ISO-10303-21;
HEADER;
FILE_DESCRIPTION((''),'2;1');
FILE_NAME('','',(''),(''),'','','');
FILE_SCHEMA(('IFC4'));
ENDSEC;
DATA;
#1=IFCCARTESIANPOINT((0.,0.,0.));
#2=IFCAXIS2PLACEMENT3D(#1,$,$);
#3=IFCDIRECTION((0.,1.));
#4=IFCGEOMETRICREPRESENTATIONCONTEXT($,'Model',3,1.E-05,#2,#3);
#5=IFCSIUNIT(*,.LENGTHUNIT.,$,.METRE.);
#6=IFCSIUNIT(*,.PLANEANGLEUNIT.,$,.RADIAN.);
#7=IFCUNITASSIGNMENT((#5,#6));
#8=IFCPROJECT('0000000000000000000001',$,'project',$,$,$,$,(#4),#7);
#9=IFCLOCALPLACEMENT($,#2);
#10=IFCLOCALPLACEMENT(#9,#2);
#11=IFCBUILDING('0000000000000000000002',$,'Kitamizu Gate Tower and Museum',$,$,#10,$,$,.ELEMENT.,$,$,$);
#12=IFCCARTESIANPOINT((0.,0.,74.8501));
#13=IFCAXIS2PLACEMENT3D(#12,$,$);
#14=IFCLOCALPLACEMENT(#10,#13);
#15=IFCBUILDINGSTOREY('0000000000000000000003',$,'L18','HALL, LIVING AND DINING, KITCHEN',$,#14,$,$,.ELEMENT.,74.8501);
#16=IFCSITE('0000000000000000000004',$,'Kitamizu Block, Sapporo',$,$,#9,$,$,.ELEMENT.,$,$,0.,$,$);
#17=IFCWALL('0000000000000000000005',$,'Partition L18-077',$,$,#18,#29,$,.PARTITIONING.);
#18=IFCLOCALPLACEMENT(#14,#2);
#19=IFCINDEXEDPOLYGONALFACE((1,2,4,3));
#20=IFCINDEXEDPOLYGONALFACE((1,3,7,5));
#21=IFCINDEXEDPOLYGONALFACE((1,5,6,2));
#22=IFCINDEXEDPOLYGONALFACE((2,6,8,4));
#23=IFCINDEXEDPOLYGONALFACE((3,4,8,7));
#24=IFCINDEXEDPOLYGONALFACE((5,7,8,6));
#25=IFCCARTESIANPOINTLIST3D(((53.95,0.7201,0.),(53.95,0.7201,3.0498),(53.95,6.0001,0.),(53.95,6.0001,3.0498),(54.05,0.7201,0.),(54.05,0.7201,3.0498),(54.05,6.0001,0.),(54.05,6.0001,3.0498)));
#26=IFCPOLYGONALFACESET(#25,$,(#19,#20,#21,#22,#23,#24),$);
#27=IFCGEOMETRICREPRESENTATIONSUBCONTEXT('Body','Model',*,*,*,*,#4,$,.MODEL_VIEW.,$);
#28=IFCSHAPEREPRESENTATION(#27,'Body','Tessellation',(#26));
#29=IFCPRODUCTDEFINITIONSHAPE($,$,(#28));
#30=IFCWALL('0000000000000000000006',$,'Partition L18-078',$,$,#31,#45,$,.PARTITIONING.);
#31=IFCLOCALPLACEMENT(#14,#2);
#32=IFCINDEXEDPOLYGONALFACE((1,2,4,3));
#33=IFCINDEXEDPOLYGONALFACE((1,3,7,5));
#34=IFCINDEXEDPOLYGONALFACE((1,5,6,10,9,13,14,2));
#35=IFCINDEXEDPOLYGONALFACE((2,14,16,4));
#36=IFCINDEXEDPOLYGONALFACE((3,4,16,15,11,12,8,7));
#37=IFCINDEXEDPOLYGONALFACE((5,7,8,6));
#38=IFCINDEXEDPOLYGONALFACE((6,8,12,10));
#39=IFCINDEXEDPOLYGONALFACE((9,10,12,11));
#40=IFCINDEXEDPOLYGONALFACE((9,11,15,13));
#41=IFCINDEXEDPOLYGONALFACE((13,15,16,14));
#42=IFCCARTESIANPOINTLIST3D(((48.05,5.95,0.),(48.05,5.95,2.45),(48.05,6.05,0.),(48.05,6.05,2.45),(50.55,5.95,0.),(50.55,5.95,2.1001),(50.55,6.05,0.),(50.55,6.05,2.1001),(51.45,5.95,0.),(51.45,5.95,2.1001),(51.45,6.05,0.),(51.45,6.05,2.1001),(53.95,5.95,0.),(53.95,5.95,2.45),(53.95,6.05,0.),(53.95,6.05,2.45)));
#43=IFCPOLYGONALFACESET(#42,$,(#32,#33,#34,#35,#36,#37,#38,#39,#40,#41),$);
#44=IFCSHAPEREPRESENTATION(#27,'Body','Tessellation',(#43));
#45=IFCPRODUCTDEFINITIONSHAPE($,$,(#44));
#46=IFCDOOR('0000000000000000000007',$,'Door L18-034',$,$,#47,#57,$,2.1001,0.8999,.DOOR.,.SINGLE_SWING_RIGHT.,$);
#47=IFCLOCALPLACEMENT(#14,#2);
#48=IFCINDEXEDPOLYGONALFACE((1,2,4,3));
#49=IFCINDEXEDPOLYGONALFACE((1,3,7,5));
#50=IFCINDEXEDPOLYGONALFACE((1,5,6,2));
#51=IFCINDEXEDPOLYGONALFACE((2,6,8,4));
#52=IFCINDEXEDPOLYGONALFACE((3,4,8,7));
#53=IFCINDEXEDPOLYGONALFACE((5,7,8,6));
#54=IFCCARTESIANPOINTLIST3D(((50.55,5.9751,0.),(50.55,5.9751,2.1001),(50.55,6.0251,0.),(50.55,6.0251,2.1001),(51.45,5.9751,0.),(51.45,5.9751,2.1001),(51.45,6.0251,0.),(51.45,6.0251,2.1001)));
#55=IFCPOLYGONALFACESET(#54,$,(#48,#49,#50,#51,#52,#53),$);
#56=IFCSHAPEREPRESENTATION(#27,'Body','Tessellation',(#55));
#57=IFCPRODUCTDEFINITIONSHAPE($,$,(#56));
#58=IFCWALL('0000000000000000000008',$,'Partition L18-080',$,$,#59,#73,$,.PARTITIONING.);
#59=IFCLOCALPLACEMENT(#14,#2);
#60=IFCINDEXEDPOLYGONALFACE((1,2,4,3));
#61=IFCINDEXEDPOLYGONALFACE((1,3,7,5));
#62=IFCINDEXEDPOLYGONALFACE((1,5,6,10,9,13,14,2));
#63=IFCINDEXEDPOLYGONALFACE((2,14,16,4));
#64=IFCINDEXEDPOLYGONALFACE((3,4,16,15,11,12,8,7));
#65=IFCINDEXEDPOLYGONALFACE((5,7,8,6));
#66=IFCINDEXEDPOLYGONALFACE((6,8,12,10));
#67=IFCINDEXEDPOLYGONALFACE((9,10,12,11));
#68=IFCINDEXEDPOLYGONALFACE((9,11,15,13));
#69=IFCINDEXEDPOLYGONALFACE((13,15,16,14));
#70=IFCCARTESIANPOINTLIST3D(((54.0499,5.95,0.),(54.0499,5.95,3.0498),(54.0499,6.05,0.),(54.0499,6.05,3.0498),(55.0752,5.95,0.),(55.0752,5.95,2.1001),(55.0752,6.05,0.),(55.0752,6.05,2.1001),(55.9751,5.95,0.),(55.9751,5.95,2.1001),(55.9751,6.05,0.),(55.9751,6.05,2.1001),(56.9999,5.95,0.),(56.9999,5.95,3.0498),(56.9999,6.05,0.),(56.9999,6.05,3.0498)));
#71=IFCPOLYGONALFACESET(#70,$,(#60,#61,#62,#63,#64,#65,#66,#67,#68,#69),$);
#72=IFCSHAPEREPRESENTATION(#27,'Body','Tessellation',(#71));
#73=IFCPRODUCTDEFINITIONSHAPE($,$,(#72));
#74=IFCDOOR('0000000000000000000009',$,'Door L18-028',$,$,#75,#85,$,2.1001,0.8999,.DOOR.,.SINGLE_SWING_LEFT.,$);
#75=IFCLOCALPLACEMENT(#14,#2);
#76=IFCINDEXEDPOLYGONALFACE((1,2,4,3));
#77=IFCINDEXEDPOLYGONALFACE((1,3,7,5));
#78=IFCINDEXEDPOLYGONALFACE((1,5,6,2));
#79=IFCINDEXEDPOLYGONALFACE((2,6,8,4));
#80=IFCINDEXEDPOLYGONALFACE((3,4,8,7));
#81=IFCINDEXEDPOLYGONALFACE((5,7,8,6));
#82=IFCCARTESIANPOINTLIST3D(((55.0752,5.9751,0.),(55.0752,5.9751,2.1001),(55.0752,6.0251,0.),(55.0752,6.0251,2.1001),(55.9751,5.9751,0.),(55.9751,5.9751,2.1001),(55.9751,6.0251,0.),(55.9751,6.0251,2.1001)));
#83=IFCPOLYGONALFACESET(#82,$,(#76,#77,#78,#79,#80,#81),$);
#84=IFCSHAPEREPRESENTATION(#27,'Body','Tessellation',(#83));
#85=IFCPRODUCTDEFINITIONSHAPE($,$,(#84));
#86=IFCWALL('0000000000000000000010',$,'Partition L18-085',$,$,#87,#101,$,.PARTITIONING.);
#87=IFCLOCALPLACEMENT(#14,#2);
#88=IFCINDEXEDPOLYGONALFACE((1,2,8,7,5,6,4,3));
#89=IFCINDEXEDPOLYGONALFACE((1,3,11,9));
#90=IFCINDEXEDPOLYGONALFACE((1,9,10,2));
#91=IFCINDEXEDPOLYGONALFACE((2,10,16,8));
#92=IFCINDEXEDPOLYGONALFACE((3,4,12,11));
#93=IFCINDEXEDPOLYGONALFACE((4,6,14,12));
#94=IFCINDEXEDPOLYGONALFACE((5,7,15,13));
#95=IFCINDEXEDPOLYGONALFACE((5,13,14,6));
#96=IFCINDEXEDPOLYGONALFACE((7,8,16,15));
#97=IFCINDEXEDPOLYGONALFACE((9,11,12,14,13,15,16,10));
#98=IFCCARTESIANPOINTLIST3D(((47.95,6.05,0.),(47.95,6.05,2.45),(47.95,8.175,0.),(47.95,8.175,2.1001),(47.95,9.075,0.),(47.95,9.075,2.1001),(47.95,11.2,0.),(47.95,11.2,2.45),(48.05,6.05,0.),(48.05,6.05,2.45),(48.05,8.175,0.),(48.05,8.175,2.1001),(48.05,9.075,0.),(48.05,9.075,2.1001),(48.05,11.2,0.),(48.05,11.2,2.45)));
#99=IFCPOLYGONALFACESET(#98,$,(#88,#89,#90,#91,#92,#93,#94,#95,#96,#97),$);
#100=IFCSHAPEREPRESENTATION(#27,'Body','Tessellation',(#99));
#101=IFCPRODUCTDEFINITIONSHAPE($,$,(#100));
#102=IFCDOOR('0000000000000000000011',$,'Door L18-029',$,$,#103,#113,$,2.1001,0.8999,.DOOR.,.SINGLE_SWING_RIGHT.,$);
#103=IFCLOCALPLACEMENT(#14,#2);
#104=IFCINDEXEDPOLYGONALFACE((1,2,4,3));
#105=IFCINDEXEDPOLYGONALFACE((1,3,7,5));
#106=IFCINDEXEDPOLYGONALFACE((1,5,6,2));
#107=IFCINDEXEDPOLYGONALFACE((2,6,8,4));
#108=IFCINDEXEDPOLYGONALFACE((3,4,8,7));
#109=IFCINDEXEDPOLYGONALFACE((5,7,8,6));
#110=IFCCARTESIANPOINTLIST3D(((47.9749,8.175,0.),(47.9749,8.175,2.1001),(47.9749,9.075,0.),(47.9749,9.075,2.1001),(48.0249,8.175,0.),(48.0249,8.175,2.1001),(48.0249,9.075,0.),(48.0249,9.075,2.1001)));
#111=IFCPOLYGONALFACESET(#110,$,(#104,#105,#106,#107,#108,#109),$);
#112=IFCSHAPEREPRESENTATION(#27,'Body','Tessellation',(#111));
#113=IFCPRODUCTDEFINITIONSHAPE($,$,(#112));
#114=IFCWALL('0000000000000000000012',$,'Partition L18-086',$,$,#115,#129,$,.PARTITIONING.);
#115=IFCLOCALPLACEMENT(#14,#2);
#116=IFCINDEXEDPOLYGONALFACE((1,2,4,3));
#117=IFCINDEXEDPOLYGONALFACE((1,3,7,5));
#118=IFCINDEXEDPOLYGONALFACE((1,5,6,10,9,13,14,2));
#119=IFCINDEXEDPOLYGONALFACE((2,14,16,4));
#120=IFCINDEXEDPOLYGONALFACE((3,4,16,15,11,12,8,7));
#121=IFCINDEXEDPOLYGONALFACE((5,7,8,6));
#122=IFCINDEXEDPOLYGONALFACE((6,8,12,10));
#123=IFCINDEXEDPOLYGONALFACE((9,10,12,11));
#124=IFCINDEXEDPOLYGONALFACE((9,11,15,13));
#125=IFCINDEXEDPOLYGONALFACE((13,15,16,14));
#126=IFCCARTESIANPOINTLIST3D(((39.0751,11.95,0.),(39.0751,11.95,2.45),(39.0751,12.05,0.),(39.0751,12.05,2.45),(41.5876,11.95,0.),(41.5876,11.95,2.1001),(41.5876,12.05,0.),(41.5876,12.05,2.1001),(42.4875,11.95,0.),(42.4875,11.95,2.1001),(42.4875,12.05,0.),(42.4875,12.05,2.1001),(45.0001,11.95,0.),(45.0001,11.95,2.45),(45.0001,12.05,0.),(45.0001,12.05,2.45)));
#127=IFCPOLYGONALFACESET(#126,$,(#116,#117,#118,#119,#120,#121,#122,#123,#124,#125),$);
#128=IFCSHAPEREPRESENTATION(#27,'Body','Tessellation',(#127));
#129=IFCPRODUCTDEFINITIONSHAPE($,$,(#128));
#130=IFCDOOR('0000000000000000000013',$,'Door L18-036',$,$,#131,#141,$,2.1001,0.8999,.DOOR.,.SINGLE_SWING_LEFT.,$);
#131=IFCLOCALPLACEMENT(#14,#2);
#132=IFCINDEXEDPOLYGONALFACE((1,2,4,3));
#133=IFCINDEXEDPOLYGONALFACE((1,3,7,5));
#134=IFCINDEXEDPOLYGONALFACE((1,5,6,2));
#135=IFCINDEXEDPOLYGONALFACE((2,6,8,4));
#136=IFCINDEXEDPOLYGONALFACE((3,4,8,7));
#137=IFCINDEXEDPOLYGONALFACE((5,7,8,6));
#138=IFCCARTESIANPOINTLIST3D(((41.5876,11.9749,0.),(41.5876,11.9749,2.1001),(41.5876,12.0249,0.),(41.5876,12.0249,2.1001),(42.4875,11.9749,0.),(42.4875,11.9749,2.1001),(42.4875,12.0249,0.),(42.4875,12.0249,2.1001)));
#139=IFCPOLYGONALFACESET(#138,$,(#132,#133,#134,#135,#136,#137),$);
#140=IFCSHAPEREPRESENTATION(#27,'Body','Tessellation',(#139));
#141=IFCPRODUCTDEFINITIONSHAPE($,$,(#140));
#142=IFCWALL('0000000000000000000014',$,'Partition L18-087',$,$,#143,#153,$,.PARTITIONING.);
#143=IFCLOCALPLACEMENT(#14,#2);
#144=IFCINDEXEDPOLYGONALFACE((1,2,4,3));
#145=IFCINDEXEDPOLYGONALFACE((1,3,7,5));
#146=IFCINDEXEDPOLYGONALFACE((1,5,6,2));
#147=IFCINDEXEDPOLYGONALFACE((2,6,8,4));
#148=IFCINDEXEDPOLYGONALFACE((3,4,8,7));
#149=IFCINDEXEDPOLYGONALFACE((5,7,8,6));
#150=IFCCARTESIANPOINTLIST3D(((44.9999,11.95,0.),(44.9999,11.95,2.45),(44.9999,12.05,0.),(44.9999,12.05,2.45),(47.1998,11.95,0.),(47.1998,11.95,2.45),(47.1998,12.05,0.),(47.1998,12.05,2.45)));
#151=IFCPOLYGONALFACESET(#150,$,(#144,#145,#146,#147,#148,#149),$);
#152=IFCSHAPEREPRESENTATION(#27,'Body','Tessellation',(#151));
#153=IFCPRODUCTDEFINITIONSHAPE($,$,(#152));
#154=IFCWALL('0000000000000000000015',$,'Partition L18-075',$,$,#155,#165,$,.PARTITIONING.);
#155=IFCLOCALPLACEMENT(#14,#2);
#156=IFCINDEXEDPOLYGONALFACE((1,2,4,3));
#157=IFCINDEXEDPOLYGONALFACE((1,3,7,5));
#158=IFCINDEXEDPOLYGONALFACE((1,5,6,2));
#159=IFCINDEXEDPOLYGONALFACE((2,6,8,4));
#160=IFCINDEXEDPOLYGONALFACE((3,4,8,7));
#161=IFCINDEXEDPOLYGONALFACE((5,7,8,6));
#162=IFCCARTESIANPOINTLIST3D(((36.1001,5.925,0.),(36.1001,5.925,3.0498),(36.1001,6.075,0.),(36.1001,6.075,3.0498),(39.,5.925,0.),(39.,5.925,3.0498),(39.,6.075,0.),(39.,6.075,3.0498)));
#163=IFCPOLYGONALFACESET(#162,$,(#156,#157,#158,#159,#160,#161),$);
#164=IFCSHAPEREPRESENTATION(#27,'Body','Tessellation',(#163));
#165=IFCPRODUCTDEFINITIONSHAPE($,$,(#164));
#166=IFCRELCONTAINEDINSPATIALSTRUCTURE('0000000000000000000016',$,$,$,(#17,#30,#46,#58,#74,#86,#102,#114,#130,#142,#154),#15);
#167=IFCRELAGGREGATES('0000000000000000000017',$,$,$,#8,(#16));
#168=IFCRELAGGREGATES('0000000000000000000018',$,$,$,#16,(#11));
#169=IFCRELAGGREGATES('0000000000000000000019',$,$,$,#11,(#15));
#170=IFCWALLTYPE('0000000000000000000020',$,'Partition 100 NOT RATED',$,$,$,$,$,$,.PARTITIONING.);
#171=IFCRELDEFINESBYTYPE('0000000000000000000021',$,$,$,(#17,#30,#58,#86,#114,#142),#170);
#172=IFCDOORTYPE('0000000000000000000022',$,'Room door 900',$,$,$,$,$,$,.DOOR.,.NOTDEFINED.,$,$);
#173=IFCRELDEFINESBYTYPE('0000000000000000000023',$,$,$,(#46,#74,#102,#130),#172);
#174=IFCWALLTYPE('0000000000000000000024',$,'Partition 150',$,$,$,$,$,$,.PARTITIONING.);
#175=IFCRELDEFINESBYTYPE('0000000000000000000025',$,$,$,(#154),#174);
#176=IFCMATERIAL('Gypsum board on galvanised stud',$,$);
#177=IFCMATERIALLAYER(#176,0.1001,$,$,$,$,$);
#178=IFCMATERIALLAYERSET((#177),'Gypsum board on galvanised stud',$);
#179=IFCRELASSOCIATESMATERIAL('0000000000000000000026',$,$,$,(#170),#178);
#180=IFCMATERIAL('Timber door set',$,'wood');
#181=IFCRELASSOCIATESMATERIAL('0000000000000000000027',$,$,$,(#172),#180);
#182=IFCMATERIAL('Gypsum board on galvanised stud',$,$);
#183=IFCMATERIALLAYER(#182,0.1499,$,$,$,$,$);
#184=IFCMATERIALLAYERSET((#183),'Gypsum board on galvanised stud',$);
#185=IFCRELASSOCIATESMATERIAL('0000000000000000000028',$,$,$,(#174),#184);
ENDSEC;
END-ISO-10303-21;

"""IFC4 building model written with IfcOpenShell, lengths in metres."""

from ifc_helpers import new_model, si_unit, direction, frame, frame_2d, origin, place, context, subcontext, project, spatial, rectangle, extrude, material, layer, layer_set, type_object, element, fill, save


model = new_model("IFC4")

# Units and contexts
model_context = context("Model", 3, precision=1e-05, world=origin(), true_north=direction((0.0, 1.0)))
body_context = subcontext(model_context, "Body", "Model", "MODEL_VIEW")
ifc_project = project(units=[si_unit("LENGTHUNIT", "METRE"), si_unit("PLANEANGLEUNIT", "RADIAN")], contexts=[model_context])

# Site, building, storey
site_placement = place(None, origin())
site = spatial("IfcSite", under=ifc_project, at=site_placement, Name="Kitamizu Block, Sapporo", CompositionType="ELEMENT", RefElevation=0.0)
building_placement = place(site_placement, origin())
building = spatial("IfcBuilding", under=site, at=building_placement, Name="Kitamizu Gate Tower and Museum", CompositionType="ELEMENT")
storey_placement = place(building_placement, frame((0.0, 0.0, 74.8501)))
storey = spatial("IfcBuildingStorey", under=building, at=storey_placement, Name="L18", Description="HALL, LIVING AND DINING, KITCHEN", CompositionType="ELEMENT", Elevation=74.8501)

# Shared definitions
ifc_material_1 = material(Name="Gypsum board on galvanised stud")
ifc_layer_1 = layer(ifc_material_1, 0.1001)
ifc_layer_set_1 = layer_set([ifc_layer_1], Name="Gypsum board on galvanised stud")
wall_type_1 = type_object("IfcWallType", Name="Partition 100 NOT RATED", PredefinedType="PARTITIONING", material=ifc_layer_set_1)

# Shared definitions
ifc_material_2 = material(Name="Timber door set", Category="wood")
door_type_1 = type_object("IfcDoorType", Name="Room door 900", OperationType="NOTDEFINED", PredefinedType="DOOR", material=ifc_material_2)

# Wall
wall_1_placement = place(storey_placement, frame((54.0, 0.72, 0.0), z_axis=(0.0, 0.0, 1.0), x_axis=(0.0, 1.0, 0.0)))
element("IfcWall", 1, at=wall_1_placement, inside=storey, type_object=wall_type_1, Name="Partition L18-077", PredefinedType="PARTITIONING", context=body_context, shape_type="SweptSolid", body=[
    extrude(rectangle(XDim=5.28, YDim=0.1001, at=frame_2d((2.6401, 0.0))), origin(), (0.0, 0.0, 1.0), 3.0498),
])

# Walls, openings, doors
wall_2_placement = place(storey_placement, frame((53.95, 6.0, 0.0), z_axis=(0.0, 0.0, 1.0), x_axis=(-1.0, 0.0, 0.0)))
wall_2 = element("IfcWall", 2, at=wall_2_placement, inside=storey, type_object=wall_type_1, Name="Partition L18-078", PredefinedType="PARTITIONING", context=body_context, shape_type="SweptSolid", body=[
    extrude(rectangle(XDim=5.8999, YDim=0.1001, at=frame_2d((2.95, 0.0))), origin(), (0.0, 0.0, 1.0), 2.45),
])
opening_1_placement = place(wall_2_placement, frame((2.5, 0.0, 0.0)))
opening_1 = element("IfcOpeningElement", 3, at=opening_1_placement, cuts=wall_2, PredefinedType="OPENING", context=body_context, shape_type="SweptSolid", body=[
    extrude(rectangle(XDim=0.8999, YDim=2.1001, at=frame_2d((0.45, 1.05))), frame((0.0, 0.0601, 0.0), z_axis=(0.0, -1.0, 0.0), x_axis=(1.0, 0.0, 0.0)), (0.0, 0.0, 1.0), 0.1201),
])
door_1_placement = place(opening_1_placement, origin())
door_1 = element("IfcDoor", 4, at=door_1_placement, inside=storey, type_object=door_type_1, Name="Door L18-034", OperationType="SINGLE_SWING_RIGHT", OverallHeight=2.1001, OverallWidth=0.8999, PredefinedType="DOOR", context=body_context, shape_type="SweptSolid", body=[
    extrude(rectangle(XDim=0.8999, YDim=2.1001, at=frame_2d((0.45, 1.05))), frame((0.0, 0.0249, 0.0), z_axis=(0.0, -1.0, 0.0), x_axis=(1.0, 0.0, 0.0)), (0.0, 0.0, 1.0), 0.05),
])
fill(opening_1, door_1)
wall_3_placement = place(storey_placement, frame((57.0, 6.0, 0.0), z_axis=(0.0, 0.0, 1.0), x_axis=(-1.0, 0.0, 0.0)))
wall_3 = element("IfcWall", 5, at=wall_3_placement, inside=storey, type_object=wall_type_1, Name="Partition L18-080", PredefinedType="PARTITIONING", context=body_context, shape_type="SweptSolid", body=[
    extrude(rectangle(XDim=2.95, YDim=0.1001, at=frame_2d((1.4751, 0.0))), origin(), (0.0, 0.0, 1.0), 3.0498),
])
opening_2_placement = place(wall_3_placement, frame((1.0249, 0.0, 0.0)))
opening_2 = element("IfcOpeningElement", 6, at=opening_2_placement, cuts=wall_3, PredefinedType="OPENING", context=body_context, shape_type="SweptSolid", body=[
    extrude(rectangle(XDim=0.8999, YDim=2.1001, at=frame_2d((0.45, 1.05))), frame((0.0, 0.0601, 0.0), z_axis=(0.0, -1.0, 0.0), x_axis=(1.0, 0.0, 0.0)), (0.0, 0.0, 1.0), 0.1201),
])
door_2_placement = place(opening_2_placement, origin())
door_2 = element("IfcDoor", 7, at=door_2_placement, inside=storey, type_object=door_type_1, Name="Door L18-028", OperationType="SINGLE_SWING_LEFT", OverallHeight=2.1001, OverallWidth=0.8999, PredefinedType="DOOR", context=body_context, shape_type="SweptSolid", body=[
    extrude(rectangle(XDim=0.8999, YDim=2.1001, at=frame_2d((0.45, 1.05))), frame((0.0, 0.0249, 0.0), z_axis=(0.0, -1.0, 0.0), x_axis=(1.0, 0.0, 0.0)), (0.0, 0.0, 1.0), 0.05),
])
fill(opening_2, door_2)
wall_4_placement = place(storey_placement, frame((48.0, 6.05, 0.0), z_axis=(0.0, 0.0, 1.0), x_axis=(0.0, 1.0, 0.0)))
wall_4 = element("IfcWall", 8, at=wall_4_placement, inside=storey, type_object=wall_type_1, Name="Partition L18-085", PredefinedType="PARTITIONING", context=body_context, shape_type="SweptSolid", body=[
    extrude(rectangle(XDim=5.1499, YDim=0.1001, at=frame_2d((2.575, 0.0))), origin(), (0.0, 0.0, 1.0), 2.45),
])
opening_3_placement = place(wall_4_placement, frame((2.125, 0.0, 0.0)))
opening_3 = element("IfcOpeningElement", 9, at=opening_3_placement, cuts=wall_4, PredefinedType="OPENING", context=body_context, shape_type="SweptSolid", body=[
    extrude(rectangle(XDim=0.8999, YDim=2.1001, at=frame_2d((0.45, 1.05))), frame((0.0, 0.0601, 0.0), z_axis=(0.0, -1.0, 0.0), x_axis=(1.0, 0.0, 0.0)), (0.0, 0.0, 1.0), 0.1201),
])
door_3_placement = place(opening_3_placement, frame((0.8999, 0.0, 0.0), x_axis=(-1.0, 0.0, 0.0)))
door_3 = element("IfcDoor", 10, at=door_3_placement, inside=storey, type_object=door_type_1, Name="Door L18-029", OperationType="SINGLE_SWING_RIGHT", OverallHeight=2.1001, OverallWidth=0.8999, PredefinedType="DOOR", context=body_context, shape_type="SweptSolid", body=[
    extrude(rectangle(XDim=0.8999, YDim=2.1001, at=frame_2d((0.45, 1.05))), frame((0.0, 0.0249, 0.0), z_axis=(0.0, -1.0, 0.0), x_axis=(1.0, 0.0, 0.0)), (0.0, 0.0, 1.0), 0.05),
])
fill(opening_3, door_3)
wall_5_placement = place(storey_placement, frame((45.0, 12.0, 0.0), z_axis=(0.0, 0.0, 1.0), x_axis=(-1.0, 0.0, 0.0)))
wall_5 = element("IfcWall", 11, at=wall_5_placement, inside=storey, type_object=wall_type_1, Name="Partition L18-086", PredefinedType="PARTITIONING", context=body_context, shape_type="SweptSolid", body=[
    extrude(rectangle(XDim=5.925, YDim=0.1001, at=frame_2d((2.9624, 0.0))), origin(), (0.0, 0.0, 1.0), 2.45),
])
opening_4_placement = place(wall_5_placement, frame((2.5125, 0.0, 0.0)))
opening_4 = element("IfcOpeningElement", 12, at=opening_4_placement, cuts=wall_5, PredefinedType="OPENING", context=body_context, shape_type="SweptSolid", body=[
    extrude(rectangle(XDim=0.8999, YDim=2.1001, at=frame_2d((0.45, 1.05))), frame((0.0, 0.0601, 0.0), z_axis=(0.0, -1.0, 0.0), x_axis=(1.0, 0.0, 0.0)), (0.0, 0.0, 1.0), 0.1201),
])
door_4_placement = place(opening_4_placement, frame((0.8999, 0.0, 0.0), x_axis=(-1.0, 0.0, 0.0)))
door_4 = element("IfcDoor", 13, at=door_4_placement, inside=storey, type_object=door_type_1, Name="Door L18-036", OperationType="SINGLE_SWING_LEFT", OverallHeight=2.1001, OverallWidth=0.8999, PredefinedType="DOOR", context=body_context, shape_type="SweptSolid", body=[
    extrude(rectangle(XDim=0.8999, YDim=2.1001, at=frame_2d((0.45, 1.05))), frame((0.0, 0.0249, 0.0), z_axis=(0.0, -1.0, 0.0), x_axis=(1.0, 0.0, 0.0)), (0.0, 0.0, 1.0), 0.05),
])
fill(opening_4, door_4)

# Walls
wall_6_placement = place(storey_placement, frame((47.2, 12.0, 0.0), z_axis=(0.0, 0.0, 1.0), x_axis=(-1.0, 0.0, 0.0)))
element("IfcWall", 14, at=wall_6_placement, inside=storey, type_object=wall_type_1, Name="Partition L18-087", PredefinedType="PARTITIONING", context=body_context, shape_type="SweptSolid", body=[
    extrude(rectangle(XDim=2.2, YDim=0.1001, at=frame_2d((1.1001, 0.0))), origin(), (0.0, 0.0, 1.0), 2.45),
])
ifc_material_3 = material(Name="Gypsum board on galvanised stud")
ifc_layer_2 = layer(ifc_material_3, 0.1499)
ifc_layer_set_2 = layer_set([ifc_layer_2], Name="Gypsum board on galvanised stud")
wall_type_2 = type_object("IfcWallType", Name="Partition 150", PredefinedType="PARTITIONING", material=ifc_layer_set_2)
wall_7_placement = place(storey_placement, frame((39.0, 6.0, 0.0), z_axis=(0.0, 0.0, 1.0), x_axis=(-1.0, 0.0, 0.0)))
element("IfcWall", 15, at=wall_7_placement, inside=storey, type_object=wall_type_2, Name="Partition L18-075", PredefinedType="PARTITIONING", context=body_context, shape_type="SweptSolid", body=[
    extrude(rectangle(XDim=2.8999, YDim=0.1499, at=frame_2d((1.45, 0.0))), origin(), (0.0, 0.0, 1.0), 3.0498),
])

save(model, "model.ifc")
